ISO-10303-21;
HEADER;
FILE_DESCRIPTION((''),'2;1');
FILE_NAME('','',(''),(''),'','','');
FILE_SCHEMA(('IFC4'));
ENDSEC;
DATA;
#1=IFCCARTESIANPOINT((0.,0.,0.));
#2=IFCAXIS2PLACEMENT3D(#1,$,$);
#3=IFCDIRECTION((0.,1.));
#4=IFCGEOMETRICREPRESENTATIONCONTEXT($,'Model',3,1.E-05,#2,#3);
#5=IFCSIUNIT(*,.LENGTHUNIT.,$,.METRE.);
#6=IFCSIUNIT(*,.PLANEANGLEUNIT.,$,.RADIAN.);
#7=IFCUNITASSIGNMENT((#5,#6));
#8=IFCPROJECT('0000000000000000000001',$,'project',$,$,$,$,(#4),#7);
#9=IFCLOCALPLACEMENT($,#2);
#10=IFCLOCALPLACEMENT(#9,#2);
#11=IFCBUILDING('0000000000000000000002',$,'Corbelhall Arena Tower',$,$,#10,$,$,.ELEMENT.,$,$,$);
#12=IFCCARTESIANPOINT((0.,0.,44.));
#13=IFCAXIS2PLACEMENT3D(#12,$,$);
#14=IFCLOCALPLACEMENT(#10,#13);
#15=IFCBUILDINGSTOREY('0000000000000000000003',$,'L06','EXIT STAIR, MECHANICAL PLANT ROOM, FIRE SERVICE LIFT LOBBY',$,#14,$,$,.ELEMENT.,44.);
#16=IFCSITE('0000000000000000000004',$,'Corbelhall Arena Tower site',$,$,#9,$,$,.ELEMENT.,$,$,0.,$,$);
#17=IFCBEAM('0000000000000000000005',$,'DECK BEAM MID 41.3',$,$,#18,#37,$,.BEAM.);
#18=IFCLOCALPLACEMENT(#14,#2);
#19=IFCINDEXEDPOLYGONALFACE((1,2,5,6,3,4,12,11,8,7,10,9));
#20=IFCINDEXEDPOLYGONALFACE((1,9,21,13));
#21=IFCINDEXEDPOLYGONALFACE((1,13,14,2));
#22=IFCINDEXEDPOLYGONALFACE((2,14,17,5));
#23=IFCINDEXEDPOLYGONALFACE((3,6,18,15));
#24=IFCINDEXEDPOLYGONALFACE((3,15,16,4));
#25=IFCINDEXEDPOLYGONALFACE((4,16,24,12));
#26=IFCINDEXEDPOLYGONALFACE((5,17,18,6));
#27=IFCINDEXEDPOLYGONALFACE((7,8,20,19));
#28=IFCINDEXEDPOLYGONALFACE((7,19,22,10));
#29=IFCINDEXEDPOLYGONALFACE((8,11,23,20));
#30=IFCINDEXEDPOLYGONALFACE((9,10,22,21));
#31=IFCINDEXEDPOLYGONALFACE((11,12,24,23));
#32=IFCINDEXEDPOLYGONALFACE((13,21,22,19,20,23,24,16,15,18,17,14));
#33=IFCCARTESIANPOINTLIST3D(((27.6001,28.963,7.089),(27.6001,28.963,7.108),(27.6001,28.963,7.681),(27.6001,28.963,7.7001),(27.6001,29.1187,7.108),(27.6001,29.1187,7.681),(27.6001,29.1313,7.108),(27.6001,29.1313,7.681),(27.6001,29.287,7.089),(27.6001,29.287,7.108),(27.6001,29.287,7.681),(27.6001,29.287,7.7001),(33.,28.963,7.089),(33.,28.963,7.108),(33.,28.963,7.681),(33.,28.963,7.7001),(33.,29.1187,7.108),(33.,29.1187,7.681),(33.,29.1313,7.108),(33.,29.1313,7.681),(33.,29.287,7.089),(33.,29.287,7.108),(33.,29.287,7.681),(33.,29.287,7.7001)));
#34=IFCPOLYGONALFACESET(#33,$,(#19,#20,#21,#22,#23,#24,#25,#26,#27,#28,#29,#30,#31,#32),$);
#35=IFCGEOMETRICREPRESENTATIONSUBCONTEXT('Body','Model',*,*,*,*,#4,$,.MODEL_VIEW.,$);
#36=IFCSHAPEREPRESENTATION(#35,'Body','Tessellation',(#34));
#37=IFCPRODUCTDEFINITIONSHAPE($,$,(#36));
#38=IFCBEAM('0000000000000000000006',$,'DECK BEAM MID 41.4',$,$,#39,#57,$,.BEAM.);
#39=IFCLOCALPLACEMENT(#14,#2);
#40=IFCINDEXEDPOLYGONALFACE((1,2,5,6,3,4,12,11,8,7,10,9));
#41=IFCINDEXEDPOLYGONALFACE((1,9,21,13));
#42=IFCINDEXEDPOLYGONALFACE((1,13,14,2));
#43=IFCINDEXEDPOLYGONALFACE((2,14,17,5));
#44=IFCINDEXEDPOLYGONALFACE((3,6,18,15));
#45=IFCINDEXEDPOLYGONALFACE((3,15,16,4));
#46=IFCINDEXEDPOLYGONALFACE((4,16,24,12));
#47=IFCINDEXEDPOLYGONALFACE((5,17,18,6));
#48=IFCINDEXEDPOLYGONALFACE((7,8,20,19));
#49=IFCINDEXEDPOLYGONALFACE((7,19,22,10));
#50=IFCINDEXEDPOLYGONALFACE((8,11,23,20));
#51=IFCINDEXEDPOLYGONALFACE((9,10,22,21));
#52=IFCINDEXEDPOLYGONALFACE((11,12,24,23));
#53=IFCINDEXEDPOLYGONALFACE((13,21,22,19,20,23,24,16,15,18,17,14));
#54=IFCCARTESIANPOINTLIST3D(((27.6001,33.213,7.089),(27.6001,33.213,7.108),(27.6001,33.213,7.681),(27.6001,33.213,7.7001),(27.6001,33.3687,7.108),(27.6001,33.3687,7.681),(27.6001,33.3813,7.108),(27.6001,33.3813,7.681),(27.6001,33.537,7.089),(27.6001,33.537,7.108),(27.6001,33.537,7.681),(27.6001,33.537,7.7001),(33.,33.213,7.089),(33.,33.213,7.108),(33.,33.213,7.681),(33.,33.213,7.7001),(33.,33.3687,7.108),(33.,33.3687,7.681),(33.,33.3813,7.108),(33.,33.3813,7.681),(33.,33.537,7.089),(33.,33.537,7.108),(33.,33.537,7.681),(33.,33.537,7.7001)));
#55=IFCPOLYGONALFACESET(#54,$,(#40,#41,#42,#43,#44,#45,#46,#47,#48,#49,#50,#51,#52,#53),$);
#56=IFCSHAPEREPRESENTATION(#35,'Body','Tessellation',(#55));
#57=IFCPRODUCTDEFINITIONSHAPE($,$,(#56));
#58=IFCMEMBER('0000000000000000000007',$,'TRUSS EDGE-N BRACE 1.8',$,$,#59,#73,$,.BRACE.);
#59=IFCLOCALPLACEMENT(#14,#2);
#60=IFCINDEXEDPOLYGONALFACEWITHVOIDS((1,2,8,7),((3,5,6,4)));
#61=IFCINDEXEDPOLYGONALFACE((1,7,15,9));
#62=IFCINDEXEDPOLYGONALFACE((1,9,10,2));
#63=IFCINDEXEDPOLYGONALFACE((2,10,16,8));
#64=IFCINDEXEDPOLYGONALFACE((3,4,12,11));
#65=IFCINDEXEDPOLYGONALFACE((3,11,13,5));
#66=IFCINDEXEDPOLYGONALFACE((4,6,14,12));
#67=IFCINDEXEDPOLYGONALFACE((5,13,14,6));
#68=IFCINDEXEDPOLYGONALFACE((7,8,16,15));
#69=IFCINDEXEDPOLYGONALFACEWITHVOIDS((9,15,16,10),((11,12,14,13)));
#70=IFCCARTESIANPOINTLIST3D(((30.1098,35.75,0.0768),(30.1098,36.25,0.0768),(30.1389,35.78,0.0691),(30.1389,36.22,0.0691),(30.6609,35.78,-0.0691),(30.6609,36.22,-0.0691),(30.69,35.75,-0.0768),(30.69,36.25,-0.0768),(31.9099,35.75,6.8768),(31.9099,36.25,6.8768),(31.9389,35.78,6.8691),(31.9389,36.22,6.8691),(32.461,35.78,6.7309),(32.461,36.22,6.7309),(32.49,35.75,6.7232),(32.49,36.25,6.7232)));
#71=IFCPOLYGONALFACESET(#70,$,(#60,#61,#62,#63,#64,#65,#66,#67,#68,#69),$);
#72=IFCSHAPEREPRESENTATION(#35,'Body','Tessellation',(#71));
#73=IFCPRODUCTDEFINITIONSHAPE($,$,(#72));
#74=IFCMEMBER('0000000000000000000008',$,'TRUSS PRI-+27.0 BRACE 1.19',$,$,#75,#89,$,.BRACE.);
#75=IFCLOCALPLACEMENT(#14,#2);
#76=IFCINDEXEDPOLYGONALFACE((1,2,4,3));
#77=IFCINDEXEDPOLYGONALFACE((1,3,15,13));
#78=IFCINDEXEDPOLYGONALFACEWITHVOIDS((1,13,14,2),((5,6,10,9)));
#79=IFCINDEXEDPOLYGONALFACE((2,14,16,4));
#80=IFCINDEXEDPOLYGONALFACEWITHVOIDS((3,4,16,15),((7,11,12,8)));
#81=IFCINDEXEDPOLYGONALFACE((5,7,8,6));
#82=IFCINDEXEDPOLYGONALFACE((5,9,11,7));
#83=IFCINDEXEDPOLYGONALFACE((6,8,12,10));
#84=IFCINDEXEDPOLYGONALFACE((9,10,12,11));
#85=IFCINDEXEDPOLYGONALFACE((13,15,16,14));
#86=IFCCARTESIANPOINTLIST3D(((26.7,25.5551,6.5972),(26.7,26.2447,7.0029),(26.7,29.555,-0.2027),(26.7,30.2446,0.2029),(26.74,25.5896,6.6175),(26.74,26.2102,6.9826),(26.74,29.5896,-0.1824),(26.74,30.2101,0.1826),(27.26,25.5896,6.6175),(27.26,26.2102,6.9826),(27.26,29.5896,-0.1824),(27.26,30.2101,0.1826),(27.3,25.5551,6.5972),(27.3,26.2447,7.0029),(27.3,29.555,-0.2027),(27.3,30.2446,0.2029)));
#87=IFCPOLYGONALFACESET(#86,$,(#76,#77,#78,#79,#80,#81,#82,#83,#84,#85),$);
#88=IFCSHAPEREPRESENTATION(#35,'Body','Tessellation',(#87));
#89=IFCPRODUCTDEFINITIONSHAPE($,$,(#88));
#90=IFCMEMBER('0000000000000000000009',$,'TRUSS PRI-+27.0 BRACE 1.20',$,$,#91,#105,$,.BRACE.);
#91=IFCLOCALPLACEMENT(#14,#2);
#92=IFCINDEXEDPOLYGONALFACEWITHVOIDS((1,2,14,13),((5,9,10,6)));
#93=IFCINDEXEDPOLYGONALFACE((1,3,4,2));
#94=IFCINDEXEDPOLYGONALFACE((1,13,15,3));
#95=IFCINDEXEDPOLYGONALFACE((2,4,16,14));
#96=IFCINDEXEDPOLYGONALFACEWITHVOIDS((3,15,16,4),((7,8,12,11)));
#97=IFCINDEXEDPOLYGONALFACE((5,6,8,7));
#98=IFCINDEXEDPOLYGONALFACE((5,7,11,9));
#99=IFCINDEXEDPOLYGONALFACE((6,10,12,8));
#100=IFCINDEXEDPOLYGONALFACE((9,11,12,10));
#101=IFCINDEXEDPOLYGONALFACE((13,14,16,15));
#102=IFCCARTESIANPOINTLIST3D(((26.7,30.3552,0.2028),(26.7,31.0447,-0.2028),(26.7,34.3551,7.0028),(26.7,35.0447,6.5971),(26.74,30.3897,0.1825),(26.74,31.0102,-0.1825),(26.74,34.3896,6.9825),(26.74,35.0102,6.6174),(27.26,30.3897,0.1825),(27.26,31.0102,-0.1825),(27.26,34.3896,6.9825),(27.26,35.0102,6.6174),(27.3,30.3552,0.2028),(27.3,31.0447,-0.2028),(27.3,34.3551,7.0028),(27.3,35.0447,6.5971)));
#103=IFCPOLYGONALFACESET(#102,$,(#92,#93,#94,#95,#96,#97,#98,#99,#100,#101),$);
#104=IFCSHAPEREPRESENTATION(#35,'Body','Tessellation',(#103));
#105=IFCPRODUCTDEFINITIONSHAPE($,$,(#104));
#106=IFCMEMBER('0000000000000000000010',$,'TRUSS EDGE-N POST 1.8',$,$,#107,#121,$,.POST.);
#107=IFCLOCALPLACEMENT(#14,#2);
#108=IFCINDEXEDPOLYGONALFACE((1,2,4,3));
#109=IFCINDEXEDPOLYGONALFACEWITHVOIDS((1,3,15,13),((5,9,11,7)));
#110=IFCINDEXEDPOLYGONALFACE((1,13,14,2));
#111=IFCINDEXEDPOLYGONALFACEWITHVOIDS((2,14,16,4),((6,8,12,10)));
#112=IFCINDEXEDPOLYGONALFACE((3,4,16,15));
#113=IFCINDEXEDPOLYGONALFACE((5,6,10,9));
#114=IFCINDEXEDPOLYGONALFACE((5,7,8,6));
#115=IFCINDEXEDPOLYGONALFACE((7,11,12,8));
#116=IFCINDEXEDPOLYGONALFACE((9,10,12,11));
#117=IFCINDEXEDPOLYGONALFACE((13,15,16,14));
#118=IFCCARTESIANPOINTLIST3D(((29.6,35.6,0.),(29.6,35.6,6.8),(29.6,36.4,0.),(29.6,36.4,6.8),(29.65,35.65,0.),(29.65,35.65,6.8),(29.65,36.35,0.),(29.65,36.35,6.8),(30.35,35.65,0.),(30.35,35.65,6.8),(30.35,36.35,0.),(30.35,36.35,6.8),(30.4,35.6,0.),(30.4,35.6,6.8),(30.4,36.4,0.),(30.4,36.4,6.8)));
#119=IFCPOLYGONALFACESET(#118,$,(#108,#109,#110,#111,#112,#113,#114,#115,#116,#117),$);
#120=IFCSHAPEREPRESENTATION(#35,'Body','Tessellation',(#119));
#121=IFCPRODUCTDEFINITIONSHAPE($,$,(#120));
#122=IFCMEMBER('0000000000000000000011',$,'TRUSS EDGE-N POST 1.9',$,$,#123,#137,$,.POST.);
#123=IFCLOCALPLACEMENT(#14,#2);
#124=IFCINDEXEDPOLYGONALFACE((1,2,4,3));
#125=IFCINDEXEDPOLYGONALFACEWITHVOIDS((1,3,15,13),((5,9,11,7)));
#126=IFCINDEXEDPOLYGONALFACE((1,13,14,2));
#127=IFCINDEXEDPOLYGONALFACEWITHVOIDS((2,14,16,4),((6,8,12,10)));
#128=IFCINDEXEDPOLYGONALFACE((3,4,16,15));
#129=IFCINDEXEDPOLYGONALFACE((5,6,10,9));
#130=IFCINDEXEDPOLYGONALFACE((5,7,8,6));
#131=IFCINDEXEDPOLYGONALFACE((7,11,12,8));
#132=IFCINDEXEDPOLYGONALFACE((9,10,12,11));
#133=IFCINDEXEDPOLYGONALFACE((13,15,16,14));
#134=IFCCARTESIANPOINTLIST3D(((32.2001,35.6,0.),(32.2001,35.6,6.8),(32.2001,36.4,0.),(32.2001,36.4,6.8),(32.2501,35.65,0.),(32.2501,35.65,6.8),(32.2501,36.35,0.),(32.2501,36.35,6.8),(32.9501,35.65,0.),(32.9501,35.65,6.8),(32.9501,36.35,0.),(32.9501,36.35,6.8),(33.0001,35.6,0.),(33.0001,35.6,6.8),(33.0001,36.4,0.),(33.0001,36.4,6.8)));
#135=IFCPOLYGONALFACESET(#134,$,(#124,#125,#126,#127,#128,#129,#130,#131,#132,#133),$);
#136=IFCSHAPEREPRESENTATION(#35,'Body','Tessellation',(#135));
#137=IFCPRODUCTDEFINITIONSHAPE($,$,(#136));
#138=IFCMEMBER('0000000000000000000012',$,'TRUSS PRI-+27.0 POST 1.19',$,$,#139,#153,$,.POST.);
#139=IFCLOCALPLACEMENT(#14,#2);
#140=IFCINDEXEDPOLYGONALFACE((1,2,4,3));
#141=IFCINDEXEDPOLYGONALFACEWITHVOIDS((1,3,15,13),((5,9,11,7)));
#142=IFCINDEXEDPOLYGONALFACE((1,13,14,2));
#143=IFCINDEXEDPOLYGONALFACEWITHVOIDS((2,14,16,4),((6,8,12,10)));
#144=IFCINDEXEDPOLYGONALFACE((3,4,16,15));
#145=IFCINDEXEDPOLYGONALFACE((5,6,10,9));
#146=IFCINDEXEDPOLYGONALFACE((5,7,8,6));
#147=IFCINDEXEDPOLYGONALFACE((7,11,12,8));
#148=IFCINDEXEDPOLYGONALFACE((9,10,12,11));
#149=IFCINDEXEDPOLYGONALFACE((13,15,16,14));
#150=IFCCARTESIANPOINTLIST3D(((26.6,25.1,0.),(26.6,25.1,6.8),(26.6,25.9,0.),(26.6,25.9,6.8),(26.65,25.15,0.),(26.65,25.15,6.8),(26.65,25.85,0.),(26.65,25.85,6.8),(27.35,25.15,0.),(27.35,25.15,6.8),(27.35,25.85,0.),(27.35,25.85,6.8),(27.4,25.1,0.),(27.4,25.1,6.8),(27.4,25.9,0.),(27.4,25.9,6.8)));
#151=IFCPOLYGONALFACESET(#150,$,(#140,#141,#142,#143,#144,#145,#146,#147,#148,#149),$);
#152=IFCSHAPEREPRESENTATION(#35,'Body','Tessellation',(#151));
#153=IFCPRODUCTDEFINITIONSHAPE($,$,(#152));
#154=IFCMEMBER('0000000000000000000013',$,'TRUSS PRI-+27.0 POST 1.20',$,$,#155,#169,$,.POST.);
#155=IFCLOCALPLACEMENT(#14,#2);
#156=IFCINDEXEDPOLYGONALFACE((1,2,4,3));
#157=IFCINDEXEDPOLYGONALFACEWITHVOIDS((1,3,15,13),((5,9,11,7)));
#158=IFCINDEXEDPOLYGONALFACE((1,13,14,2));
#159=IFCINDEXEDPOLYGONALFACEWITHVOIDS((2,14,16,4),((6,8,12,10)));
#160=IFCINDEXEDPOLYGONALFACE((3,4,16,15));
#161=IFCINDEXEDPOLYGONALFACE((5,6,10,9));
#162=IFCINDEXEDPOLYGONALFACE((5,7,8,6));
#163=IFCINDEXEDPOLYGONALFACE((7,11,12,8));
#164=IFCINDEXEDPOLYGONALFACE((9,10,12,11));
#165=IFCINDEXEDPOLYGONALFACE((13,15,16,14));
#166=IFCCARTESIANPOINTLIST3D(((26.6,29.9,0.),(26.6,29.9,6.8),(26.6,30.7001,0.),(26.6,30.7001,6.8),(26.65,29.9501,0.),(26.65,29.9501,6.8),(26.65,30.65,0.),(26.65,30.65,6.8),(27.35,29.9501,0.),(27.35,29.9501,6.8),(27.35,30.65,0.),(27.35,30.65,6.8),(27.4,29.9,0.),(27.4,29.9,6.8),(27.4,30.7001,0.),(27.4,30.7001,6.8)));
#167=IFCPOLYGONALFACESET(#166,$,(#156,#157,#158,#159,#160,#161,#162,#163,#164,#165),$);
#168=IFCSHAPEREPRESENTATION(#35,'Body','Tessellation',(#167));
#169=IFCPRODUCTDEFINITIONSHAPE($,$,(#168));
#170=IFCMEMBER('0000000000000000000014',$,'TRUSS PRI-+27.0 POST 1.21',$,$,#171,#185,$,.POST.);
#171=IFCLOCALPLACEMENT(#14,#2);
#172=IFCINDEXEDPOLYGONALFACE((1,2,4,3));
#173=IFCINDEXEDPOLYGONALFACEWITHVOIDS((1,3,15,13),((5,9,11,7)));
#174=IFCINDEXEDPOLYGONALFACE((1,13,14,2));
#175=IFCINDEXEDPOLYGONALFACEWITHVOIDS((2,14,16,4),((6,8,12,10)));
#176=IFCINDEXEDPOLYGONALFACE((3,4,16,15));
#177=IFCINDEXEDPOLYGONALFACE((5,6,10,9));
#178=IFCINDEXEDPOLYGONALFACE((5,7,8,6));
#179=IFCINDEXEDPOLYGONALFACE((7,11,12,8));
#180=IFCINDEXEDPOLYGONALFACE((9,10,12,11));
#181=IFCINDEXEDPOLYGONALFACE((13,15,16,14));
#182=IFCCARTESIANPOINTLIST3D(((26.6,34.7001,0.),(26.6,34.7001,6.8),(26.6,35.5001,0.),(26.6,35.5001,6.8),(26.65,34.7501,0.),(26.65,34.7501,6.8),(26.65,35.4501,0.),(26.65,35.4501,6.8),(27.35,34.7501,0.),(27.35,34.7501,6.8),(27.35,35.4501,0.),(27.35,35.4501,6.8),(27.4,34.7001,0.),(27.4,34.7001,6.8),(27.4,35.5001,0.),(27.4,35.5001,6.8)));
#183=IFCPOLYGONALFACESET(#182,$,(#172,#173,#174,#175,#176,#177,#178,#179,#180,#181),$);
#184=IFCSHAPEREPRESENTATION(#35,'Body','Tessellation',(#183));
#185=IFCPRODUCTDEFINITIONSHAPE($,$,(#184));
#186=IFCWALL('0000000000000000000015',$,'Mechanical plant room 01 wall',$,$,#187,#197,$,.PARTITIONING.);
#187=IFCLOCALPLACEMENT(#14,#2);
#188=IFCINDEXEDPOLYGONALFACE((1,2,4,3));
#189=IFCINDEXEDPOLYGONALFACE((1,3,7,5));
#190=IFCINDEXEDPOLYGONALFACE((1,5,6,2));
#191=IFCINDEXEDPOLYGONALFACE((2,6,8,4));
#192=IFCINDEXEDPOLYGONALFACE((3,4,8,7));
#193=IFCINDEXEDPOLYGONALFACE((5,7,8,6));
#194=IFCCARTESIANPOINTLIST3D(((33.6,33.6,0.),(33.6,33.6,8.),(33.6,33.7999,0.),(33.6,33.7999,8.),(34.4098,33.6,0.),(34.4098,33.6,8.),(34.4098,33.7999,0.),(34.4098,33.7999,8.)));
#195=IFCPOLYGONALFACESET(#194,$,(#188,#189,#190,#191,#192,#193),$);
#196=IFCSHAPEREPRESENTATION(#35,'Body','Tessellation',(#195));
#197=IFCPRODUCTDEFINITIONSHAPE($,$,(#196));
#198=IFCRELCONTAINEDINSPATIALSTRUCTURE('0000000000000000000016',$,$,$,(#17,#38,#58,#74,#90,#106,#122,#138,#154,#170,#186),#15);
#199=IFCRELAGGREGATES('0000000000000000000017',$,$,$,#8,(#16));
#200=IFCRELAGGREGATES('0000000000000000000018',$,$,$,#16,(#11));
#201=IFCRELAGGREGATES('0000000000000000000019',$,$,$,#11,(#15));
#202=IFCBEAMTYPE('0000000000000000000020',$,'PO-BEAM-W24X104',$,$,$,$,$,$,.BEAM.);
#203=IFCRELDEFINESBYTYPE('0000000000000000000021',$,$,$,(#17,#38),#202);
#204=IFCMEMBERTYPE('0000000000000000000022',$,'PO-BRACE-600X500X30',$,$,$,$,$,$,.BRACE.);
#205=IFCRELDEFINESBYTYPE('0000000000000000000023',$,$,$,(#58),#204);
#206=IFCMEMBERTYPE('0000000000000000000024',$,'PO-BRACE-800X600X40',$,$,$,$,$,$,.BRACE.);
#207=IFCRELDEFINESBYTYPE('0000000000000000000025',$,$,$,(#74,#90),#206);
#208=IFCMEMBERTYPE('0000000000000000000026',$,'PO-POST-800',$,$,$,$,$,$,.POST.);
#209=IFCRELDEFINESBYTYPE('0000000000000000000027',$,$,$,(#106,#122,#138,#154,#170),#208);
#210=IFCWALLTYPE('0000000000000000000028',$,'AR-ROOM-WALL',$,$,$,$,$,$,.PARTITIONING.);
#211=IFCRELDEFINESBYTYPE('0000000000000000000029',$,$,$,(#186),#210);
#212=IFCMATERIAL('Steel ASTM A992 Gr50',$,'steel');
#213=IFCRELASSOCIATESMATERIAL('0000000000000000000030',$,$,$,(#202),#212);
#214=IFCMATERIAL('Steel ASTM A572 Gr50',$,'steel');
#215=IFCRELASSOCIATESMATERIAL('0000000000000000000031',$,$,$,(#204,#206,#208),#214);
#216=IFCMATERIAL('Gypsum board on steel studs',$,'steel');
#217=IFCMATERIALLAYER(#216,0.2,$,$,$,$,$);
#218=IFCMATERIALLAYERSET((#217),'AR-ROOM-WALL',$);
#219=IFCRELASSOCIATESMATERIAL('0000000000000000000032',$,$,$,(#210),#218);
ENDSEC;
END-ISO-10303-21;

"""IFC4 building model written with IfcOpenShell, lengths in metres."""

from ifc_helpers import new_model, si_unit, direction, frame, frame_2d, origin, origin_2d, place, context, subcontext, project, spatial, rectangle, hollow_rectangle, i_section, extrude, material, layer, layer_set, material_profile, profile_set, type_object, element, save


model = new_model("IFC4")

# Units and contexts
model_context = context("Model", 3, precision=1e-05, world=origin(), true_north=direction((0.0, 1.0)))
body_context = subcontext(model_context, "Body", "Model", "MODEL_VIEW")
ifc_project = project(units=[si_unit("LENGTHUNIT", "METRE"), si_unit("PLANEANGLEUNIT", "RADIAN")], contexts=[model_context])

# Site, building, storey
site_placement = place(None, origin())
site = spatial("IfcSite", under=ifc_project, at=site_placement, Name="Corbelhall Arena Tower site", CompositionType="ELEMENT", RefElevation=0.0)
building_placement = place(site_placement, origin())
building = spatial("IfcBuilding", under=site, at=building_placement, Name="Corbelhall Arena Tower", CompositionType="ELEMENT")
storey_placement = place(building_placement, frame((0.0, 0.0, 44.0)))
storey = spatial("IfcBuildingStorey", under=building, at=storey_placement, Name="L06", Description="EXIT STAIR, MECHANICAL PLANT ROOM, FIRE SERVICE LIFT LOBBY", CompositionType="ELEMENT", Elevation=44.0)

# Beams
ifc_material_1 = material(Name="Steel ASTM A992 Gr50", Category="steel")
ifc_material_profile_1 = material_profile(ifc_material_1, i_section(OverallWidth=0.324, OverallDepth=0.6111, WebThickness=0.0127, FlangeThickness=0.019, at=origin_2d()))
ifc_profile_set_1 = profile_set([ifc_material_profile_1], Name="Steel ASTM A992 Gr50")
beam_type = type_object("IfcBeamType", Name="PO-BEAM-W24X104", PredefinedType="BEAM", material=ifc_profile_set_1)
for number, where, z_axis, x_axis, name in (
    (1, (27.6001, 29.125, 7.3945), (1.0, 0.0, 0.0), (0.0, 1.0, 0.0), "DECK BEAM MID 41.3"),
    (2, (27.6001, 33.375, 7.3945), (1.0, 0.0, 0.0), (0.0, 1.0, 0.0), "DECK BEAM MID 41.4"),
):
    element("IfcBeam", number, at=place(storey_placement, frame(where, z_axis=z_axis, x_axis=x_axis)), inside=storey, type_object=beam_type, Name=name, PredefinedType="BEAM", context=body_context, shape_type="SweptSolid", body=[
        extrude(i_section(OverallWidth=0.324, OverallDepth=0.6111, WebThickness=0.0127, FlangeThickness=0.019, at=origin_2d()), origin(), (0.0, 0.0, 1.0), 5.3999),
    ])

# Members
ifc_material_2 = material(Name="Steel ASTM A572 Gr50", Category="steel")
ifc_material_profile_2 = material_profile(ifc_material_2, hollow_rectangle(XDim=0.5, YDim=0.6001, WallThickness=0.03, at=origin_2d()))
ifc_profile_set_2 = profile_set([ifc_material_profile_2], Name="Steel ASTM A572 Gr50")
member_type_1 = type_object("IfcMemberType", Name="PO-BRACE-600X500X30", PredefinedType="BRACE", material=ifc_profile_set_2)
member_placement = place(storey_placement, frame((30.3999, 36.0, 0.0), z_axis=(0.255897, 0.0, 0.966704), x_axis=(0.0, 1.0, 0.0)))
element("IfcMember", 3, at=member_placement, inside=storey, type_object=member_type_1, Name="TRUSS EDGE-N BRACE 1.8", PredefinedType="BRACE", context=body_context, shape_type="SweptSolid", body=[
    extrude(hollow_rectangle(XDim=0.5, YDim=0.6001, WallThickness=0.03, at=origin_2d()), origin(), (0.0, 0.0, 1.0), 7.0342),
])
ifc_material_profile_3 = material_profile(ifc_material_2, hollow_rectangle(XDim=0.6001, YDim=0.8, WallThickness=0.04, at=origin_2d()))
ifc_profile_set_3 = profile_set([ifc_material_profile_3], Name="Steel ASTM A572 Gr50")
member_type_2 = type_object("IfcMemberType", Name="PO-BRACE-800X600X40", PredefinedType="BRACE", material=ifc_profile_set_3)
for number, where, z_axis, x_axis, name in (
    (4, (27.0, 25.8999, 6.8), (0.0, 0.507017, -0.861936), (-1.0, 0.0, 0.0), "TRUSS PRI-+27.0 BRACE 1.19"),
    (5, (27.0, 30.7, 0.0), (0.0, 0.507017, 0.861936), (-1.0, 0.0, 0.0), "TRUSS PRI-+27.0 BRACE 1.20"),
):
    element("IfcMember", number, at=place(storey_placement, frame(where, z_axis=z_axis, x_axis=x_axis)), inside=storey, type_object=member_type_2, Name=name, PredefinedType="BRACE", context=body_context, shape_type="SweptSolid", body=[
        extrude(hollow_rectangle(XDim=0.6001, YDim=0.8, WallThickness=0.04, at=origin_2d()), origin(), (0.0, 0.0, 1.0), 7.8892),
    ])
ifc_material_profile_4 = material_profile(ifc_material_2, hollow_rectangle(XDim=0.8, YDim=0.8, WallThickness=0.05, at=origin_2d()))
ifc_profile_set_4 = profile_set([ifc_material_profile_4], Name="Steel ASTM A572 Gr50")
member_type_3 = type_object("IfcMemberType", Name="PO-POST-800", PredefinedType="POST", material=ifc_profile_set_4)
for number, where, z_axis, x_axis, name in (
    (6, (30.0, 36.0, 0.0), (0.0, 0.0, 1.0), (1.0, 0.0, 0.0), "TRUSS EDGE-N POST 1.8"),
    (7, (32.6001, 36.0, 0.0), (0.0, 0.0, 1.0), (1.0, 0.0, 0.0), "TRUSS EDGE-N POST 1.9"),
    (8, (27.0, 25.5, 0.0), (0.0, 0.0, 1.0), (1.0, 0.0, 0.0), "TRUSS PRI-+27.0 POST 1.19"),
    (9, (27.0, 30.3, 0.0), (0.0, 0.0, 1.0), (1.0, 0.0, 0.0), "TRUSS PRI-+27.0 POST 1.20"),
    (10, (27.0, 35.1001, 0.0), (0.0, 0.0, 1.0), (1.0, 0.0, 0.0), "TRUSS PRI-+27.0 POST 1.21"),
):
    element("IfcMember", number, at=place(storey_placement, frame(where, z_axis=z_axis, x_axis=x_axis)), inside=storey, type_object=member_type_3, Name=name, PredefinedType="POST", context=body_context, shape_type="SweptSolid", body=[
        extrude(hollow_rectangle(XDim=0.8, YDim=0.8, WallThickness=0.05, at=origin_2d()), origin(), (0.0, 0.0, 1.0), 6.8),
    ])

# Wall
ifc_material_3 = material(Name="Gypsum board on steel studs", Category="steel")
ifc_layer_1 = layer(ifc_material_3, 0.2)
ifc_layer_set_1 = layer_set([ifc_layer_1], Name="AR-ROOM-WALL")
wall_type_1 = type_object("IfcWallType", Name="AR-ROOM-WALL", PredefinedType="PARTITIONING", material=ifc_layer_set_1)
wall_1_placement = place(storey_placement, frame((33.6001, 33.7, 0.0), z_axis=(0.0, 0.0, 1.0), x_axis=(1.0, 0.0, 0.0)))
element("IfcWall", 11, at=wall_1_placement, inside=storey, type_object=wall_type_1, Name="Mechanical plant room 01 wall", PredefinedType="PARTITIONING", context=body_context, shape_type="SweptSolid", body=[
    extrude(rectangle(XDim=0.8098, YDim=0.2, at=frame_2d((0.4048, 0.0))), origin(), (0.0, 0.0, 1.0), 8.0),
])

save(model, "model.ifc")
